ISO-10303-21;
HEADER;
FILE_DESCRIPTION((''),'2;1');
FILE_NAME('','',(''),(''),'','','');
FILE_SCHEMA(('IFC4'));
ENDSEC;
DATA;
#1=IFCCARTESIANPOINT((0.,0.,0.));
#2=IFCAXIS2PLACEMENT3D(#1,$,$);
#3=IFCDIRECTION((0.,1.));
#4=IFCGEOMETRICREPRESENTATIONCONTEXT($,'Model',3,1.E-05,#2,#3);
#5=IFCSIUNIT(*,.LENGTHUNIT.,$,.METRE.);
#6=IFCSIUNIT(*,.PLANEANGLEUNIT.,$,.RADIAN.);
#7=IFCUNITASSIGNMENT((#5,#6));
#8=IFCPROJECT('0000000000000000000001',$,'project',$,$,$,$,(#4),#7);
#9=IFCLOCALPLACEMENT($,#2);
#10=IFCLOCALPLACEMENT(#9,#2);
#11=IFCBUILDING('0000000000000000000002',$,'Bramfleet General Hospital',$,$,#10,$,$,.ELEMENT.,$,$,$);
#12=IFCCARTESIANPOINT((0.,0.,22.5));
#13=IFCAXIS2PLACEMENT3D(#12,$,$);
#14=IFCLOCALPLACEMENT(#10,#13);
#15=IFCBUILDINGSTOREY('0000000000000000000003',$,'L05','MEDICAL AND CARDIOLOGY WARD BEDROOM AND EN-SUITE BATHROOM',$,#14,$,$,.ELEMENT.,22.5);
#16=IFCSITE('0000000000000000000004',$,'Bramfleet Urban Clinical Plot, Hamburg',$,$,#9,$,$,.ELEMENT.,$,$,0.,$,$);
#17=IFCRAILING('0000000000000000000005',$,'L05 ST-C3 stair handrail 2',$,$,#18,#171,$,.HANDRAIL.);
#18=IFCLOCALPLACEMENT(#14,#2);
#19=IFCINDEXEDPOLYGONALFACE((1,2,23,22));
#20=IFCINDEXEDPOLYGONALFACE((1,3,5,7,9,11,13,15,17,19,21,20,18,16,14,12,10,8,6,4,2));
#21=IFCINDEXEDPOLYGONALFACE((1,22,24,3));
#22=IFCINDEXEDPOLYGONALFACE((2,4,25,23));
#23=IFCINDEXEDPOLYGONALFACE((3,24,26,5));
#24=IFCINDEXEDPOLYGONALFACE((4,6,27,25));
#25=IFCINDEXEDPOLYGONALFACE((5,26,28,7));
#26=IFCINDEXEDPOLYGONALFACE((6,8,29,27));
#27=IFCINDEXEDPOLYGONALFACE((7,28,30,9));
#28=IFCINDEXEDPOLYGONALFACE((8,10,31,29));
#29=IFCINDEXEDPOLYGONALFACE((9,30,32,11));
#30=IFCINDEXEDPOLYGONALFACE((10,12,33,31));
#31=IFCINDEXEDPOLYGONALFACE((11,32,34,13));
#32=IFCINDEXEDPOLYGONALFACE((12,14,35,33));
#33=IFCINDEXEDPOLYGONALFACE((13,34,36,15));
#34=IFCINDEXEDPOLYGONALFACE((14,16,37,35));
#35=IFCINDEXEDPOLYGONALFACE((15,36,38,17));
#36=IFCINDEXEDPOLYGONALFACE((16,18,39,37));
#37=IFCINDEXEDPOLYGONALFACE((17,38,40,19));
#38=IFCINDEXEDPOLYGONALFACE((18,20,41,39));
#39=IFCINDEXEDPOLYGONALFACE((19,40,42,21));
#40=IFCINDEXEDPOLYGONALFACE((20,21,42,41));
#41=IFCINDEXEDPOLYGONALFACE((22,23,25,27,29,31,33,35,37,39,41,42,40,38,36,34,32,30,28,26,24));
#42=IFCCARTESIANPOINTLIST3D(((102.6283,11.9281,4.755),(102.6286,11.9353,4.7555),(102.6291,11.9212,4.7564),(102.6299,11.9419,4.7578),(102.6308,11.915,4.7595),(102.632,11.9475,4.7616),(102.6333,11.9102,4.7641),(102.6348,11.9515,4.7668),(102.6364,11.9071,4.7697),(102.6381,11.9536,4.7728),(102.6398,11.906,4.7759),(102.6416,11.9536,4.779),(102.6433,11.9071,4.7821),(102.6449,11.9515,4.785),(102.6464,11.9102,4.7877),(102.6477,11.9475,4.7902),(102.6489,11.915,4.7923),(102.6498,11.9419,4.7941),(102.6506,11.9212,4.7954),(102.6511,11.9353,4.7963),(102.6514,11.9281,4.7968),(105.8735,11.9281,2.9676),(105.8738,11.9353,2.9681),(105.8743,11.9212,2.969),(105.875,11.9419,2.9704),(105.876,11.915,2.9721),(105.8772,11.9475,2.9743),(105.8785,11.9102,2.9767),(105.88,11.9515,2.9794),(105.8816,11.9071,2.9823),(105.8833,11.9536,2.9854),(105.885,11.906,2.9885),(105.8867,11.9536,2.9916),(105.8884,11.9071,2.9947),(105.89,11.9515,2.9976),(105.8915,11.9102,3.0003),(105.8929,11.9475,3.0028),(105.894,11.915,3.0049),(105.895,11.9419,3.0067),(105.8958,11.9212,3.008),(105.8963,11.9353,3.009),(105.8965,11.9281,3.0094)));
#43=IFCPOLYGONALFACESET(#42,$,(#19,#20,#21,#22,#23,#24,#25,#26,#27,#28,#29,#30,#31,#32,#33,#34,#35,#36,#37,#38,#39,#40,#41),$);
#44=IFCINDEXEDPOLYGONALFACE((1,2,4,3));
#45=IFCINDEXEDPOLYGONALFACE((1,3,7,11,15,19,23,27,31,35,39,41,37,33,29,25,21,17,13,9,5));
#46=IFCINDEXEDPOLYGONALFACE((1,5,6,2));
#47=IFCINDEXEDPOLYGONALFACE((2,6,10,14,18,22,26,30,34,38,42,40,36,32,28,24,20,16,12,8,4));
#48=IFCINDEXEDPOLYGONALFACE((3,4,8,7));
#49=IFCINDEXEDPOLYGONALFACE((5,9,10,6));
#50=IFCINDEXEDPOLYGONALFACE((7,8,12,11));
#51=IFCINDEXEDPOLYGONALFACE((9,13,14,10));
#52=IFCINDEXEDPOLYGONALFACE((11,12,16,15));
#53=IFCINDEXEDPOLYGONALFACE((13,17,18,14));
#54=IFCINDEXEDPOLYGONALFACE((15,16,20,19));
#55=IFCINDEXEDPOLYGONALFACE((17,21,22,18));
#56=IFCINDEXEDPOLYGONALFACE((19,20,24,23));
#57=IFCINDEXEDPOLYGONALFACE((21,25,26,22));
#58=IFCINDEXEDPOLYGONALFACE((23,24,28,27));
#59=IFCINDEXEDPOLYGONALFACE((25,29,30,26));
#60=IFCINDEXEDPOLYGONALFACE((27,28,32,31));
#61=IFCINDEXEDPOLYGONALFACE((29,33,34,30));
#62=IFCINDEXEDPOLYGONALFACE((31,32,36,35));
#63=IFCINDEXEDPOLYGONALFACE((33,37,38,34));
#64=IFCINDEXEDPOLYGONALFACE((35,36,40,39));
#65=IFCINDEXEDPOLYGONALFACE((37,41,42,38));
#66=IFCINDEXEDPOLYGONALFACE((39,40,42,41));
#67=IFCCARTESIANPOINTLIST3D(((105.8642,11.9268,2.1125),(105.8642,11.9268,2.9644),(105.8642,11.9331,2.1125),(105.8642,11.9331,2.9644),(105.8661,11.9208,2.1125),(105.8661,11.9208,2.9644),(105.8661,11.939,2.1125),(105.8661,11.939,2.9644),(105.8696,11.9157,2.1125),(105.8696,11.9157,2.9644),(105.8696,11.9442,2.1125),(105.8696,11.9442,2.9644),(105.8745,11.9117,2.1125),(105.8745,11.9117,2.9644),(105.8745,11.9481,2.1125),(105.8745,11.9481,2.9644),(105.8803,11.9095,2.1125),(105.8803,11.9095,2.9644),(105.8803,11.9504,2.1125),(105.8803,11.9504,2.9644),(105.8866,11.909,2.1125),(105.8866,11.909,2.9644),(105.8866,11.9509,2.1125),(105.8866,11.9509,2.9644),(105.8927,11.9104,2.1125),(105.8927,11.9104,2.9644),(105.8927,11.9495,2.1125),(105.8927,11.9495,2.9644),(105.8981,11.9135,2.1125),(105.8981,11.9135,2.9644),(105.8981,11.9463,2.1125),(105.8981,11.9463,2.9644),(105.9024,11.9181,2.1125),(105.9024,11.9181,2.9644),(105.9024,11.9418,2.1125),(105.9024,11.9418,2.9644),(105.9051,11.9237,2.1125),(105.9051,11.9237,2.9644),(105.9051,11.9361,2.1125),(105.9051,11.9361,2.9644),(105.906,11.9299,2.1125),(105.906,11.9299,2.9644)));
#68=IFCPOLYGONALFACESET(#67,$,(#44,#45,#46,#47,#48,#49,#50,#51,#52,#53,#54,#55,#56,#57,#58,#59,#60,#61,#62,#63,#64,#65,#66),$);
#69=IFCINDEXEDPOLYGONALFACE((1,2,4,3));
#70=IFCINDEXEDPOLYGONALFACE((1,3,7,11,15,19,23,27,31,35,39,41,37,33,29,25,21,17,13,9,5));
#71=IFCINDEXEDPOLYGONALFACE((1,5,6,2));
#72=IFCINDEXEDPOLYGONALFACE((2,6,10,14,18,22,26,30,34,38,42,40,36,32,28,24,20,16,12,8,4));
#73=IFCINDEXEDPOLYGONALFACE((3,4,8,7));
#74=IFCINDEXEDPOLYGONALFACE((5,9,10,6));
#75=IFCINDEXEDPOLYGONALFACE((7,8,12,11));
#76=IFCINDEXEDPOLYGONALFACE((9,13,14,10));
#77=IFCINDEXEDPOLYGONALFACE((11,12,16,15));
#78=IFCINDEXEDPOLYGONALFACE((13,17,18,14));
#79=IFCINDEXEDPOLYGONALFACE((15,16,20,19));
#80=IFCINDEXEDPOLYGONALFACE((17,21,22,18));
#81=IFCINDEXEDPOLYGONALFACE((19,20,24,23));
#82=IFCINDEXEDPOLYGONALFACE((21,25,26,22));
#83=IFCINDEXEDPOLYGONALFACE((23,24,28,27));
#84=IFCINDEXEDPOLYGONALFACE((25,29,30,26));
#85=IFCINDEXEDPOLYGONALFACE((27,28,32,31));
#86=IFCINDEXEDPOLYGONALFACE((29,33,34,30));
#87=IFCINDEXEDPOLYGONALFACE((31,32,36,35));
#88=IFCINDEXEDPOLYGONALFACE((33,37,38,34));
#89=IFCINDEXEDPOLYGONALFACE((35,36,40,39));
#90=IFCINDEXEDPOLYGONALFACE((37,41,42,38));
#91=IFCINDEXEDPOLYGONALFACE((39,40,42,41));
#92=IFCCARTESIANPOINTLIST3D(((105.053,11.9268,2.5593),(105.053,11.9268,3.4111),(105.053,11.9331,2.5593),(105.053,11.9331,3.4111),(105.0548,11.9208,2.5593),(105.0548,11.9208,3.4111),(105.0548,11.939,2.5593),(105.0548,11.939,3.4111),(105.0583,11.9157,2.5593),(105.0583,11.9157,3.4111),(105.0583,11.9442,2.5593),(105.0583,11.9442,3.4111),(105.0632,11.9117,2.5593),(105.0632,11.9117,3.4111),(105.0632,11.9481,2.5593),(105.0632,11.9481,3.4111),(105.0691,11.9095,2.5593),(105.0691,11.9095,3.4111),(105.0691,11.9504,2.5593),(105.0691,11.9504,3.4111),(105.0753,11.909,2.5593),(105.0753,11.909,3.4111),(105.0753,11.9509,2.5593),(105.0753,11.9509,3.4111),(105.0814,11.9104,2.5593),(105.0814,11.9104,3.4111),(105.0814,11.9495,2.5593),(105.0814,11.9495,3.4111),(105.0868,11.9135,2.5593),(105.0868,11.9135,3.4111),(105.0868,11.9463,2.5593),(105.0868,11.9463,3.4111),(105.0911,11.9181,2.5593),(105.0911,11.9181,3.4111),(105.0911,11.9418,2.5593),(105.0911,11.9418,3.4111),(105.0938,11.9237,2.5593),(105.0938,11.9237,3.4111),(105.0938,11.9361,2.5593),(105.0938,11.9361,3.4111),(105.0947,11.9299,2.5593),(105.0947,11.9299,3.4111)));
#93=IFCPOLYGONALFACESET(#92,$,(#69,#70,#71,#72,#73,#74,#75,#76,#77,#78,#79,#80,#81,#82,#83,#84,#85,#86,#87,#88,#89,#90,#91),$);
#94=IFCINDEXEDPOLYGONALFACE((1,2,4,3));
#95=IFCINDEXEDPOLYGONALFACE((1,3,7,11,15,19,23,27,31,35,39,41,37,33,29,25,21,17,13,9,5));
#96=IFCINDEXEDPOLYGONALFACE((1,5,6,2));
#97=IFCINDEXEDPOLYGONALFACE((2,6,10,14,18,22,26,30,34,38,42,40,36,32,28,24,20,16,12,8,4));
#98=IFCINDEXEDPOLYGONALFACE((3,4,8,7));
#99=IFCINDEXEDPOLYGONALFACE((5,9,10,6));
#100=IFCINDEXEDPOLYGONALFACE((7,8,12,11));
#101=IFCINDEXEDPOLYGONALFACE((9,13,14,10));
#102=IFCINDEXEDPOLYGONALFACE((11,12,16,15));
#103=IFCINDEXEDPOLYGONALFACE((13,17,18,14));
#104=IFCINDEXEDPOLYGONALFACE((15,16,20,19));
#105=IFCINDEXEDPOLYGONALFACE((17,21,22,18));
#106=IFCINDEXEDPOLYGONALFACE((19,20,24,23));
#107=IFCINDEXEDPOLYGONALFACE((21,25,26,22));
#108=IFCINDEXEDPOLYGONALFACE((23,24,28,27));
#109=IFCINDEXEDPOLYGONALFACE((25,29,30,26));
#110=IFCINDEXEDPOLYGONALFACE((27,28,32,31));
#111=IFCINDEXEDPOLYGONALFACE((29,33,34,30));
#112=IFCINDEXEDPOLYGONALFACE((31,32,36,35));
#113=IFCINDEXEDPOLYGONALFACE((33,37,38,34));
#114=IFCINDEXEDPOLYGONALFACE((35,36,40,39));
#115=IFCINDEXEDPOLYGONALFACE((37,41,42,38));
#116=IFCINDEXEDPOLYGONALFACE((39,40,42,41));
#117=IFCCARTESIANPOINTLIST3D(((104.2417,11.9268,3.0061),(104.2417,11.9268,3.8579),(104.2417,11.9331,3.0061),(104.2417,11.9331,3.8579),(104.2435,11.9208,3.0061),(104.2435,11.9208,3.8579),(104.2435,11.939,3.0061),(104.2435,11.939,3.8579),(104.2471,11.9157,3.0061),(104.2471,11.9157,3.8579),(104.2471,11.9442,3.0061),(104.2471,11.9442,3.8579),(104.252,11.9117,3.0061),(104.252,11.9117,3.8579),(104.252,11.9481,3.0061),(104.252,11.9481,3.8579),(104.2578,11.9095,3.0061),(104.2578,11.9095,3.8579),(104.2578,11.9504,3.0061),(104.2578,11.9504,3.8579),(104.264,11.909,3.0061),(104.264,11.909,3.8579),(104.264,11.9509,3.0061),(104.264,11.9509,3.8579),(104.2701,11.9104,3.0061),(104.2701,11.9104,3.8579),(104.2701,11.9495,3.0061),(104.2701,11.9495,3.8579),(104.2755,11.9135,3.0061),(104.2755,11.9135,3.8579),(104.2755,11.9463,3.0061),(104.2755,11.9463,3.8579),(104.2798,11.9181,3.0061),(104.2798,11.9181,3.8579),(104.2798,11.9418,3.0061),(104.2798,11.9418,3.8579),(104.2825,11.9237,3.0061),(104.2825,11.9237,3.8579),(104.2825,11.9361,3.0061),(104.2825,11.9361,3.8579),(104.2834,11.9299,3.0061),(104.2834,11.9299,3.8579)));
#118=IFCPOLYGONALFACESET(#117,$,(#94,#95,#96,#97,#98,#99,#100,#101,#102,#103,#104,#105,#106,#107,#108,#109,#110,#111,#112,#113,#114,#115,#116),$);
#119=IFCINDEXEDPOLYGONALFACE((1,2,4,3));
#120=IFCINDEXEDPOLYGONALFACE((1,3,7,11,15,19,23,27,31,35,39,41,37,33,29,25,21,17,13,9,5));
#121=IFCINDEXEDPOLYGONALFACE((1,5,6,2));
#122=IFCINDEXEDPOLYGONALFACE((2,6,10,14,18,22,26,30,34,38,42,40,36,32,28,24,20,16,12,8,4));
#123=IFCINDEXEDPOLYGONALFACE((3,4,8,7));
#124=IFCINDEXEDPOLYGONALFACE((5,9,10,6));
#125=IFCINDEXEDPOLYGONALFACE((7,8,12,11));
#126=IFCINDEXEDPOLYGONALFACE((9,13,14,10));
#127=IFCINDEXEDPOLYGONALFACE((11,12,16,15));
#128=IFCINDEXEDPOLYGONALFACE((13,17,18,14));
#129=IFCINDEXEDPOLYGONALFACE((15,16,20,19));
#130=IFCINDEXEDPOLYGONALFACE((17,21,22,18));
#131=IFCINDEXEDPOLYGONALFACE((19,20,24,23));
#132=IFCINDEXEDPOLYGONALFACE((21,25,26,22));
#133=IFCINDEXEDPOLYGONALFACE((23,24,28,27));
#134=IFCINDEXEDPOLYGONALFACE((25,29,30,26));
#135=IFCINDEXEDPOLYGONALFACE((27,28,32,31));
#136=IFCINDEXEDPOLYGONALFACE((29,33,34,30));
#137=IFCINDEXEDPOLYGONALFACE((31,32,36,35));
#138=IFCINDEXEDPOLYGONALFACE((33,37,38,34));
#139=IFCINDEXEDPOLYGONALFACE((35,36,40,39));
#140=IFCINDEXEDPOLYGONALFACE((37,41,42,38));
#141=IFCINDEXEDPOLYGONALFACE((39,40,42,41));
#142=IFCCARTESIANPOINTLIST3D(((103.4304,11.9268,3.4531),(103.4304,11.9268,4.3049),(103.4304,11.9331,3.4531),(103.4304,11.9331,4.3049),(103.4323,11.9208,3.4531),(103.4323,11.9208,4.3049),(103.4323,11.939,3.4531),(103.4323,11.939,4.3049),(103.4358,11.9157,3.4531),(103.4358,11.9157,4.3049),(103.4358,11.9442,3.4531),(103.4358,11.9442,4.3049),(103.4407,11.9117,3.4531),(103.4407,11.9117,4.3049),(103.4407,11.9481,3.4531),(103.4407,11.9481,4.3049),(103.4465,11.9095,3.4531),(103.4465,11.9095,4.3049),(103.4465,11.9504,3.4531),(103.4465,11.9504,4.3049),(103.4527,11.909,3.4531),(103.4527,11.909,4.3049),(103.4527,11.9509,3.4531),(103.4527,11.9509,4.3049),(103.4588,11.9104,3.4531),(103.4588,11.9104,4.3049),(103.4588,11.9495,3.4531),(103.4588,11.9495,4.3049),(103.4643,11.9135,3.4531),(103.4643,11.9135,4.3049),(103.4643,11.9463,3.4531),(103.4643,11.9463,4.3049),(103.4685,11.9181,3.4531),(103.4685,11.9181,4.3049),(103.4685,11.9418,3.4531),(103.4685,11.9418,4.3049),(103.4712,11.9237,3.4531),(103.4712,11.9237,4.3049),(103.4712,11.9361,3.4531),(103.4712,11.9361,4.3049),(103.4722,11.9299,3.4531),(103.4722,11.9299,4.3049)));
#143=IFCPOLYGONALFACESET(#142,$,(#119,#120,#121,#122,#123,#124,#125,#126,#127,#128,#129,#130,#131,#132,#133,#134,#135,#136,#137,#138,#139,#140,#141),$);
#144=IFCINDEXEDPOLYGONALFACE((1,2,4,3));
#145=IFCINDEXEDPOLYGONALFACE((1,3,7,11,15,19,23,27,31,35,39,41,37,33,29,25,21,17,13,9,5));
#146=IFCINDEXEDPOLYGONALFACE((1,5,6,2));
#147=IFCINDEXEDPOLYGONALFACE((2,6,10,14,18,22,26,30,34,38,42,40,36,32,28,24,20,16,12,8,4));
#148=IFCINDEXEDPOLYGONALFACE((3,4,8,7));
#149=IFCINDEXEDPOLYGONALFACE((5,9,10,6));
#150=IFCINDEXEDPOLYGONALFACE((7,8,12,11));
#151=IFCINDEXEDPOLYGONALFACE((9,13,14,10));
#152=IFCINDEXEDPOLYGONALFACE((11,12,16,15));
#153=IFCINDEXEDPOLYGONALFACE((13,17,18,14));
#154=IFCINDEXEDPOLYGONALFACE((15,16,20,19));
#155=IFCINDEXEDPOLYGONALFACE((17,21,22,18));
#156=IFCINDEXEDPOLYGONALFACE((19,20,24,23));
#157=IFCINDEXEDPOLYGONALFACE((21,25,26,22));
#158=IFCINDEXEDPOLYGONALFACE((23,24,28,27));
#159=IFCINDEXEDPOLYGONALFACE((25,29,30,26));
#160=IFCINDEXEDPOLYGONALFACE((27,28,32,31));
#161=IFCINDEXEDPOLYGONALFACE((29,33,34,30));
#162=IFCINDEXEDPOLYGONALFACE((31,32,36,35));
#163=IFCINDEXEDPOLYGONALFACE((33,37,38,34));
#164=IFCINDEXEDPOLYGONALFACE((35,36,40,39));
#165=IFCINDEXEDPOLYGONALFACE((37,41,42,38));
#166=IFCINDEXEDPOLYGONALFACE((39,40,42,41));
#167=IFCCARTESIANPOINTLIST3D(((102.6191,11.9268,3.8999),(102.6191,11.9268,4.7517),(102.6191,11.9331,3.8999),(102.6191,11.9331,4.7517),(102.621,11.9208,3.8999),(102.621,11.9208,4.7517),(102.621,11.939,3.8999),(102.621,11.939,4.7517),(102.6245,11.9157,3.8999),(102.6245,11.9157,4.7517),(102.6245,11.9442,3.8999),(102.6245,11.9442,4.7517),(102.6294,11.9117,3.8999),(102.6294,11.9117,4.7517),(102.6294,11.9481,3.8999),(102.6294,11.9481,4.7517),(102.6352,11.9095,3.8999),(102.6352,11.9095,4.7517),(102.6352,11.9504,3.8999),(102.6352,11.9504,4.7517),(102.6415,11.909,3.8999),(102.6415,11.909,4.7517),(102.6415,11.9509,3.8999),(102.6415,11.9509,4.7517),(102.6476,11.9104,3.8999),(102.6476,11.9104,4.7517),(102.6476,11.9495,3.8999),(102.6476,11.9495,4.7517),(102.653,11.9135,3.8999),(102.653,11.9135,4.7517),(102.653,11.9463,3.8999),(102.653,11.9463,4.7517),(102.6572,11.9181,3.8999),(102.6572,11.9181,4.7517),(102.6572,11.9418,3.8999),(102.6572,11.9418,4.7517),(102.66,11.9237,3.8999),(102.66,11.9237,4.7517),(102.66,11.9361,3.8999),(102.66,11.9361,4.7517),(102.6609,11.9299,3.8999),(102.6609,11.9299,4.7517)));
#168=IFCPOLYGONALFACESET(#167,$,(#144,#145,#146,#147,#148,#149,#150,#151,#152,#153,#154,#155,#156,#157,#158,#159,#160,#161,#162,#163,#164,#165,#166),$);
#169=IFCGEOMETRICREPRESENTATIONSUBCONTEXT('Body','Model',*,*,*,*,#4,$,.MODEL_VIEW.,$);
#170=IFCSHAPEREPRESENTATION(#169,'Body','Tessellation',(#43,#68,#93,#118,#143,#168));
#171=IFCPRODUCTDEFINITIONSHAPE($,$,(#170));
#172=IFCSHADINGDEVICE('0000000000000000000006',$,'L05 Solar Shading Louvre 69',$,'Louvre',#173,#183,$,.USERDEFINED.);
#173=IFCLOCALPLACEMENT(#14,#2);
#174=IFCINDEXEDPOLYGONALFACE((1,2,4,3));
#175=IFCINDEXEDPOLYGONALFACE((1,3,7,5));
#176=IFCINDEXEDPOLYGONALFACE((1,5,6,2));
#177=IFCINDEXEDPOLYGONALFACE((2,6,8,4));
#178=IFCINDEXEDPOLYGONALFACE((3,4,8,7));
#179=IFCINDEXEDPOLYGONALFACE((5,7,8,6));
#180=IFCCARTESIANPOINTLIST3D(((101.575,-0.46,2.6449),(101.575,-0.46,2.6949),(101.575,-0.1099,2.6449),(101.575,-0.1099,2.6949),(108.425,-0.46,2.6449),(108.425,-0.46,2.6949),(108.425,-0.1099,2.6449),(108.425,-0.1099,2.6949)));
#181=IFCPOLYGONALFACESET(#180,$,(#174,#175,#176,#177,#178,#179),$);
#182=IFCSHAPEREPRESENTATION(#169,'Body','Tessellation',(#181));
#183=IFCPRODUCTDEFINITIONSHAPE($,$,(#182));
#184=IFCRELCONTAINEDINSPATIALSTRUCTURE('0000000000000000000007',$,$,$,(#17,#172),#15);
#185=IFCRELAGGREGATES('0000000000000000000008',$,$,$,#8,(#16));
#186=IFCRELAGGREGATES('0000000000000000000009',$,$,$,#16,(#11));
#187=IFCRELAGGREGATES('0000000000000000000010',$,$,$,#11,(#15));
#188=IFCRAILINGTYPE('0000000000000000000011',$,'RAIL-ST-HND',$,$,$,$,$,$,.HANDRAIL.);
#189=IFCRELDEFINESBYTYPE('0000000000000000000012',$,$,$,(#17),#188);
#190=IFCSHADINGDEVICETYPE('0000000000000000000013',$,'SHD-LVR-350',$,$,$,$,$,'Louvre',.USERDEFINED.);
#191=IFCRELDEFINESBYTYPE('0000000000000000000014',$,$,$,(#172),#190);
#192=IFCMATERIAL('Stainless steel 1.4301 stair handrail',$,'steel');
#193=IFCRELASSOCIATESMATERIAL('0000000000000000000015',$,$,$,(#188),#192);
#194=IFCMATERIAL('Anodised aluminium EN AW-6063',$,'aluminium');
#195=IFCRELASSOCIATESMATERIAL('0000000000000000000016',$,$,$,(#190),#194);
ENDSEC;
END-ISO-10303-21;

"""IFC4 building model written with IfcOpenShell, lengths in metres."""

from ifc_helpers import new_model, si_unit, direction, frame, origin, origin_2d, place, context, subcontext, project, spatial, rectangle, circle, extrude, material, material_profile, profile_set, type_object, element, save


model = new_model("IFC4")

# Units and contexts
model_context = context("Model", 3, precision=1e-05, world=origin(), true_north=direction((0.0, 1.0)))
body_context = subcontext(model_context, "Body", "Model", "MODEL_VIEW")
ifc_project = project(units=[si_unit("LENGTHUNIT", "METRE"), si_unit("PLANEANGLEUNIT", "RADIAN")], contexts=[model_context])

# Site, building, storey
site_placement = place(None, origin())
site = spatial("IfcSite", under=ifc_project, at=site_placement, Name="Bramfleet Urban Clinical Plot, Hamburg", CompositionType="ELEMENT", RefElevation=0.0)
building_placement = place(site_placement, origin())
building = spatial("IfcBuilding", under=site, at=building_placement, Name="Bramfleet General Hospital", CompositionType="ELEMENT")
storey_placement = place(building_placement, frame((0.0, 0.0, 22.5)))
storey = spatial("IfcBuildingStorey", under=building, at=storey_placement, Name="L05", Description="MEDICAL AND CARDIOLOGY WARD BEDROOM AND EN-SUITE BATHROOM", CompositionType="ELEMENT", Elevation=22.5)

# Railing
ifc_material_1 = material(Name="Stainless steel 1.4301 stair handrail", Category="steel")
railing_type_1 = type_object("IfcRailingType", Name="RAIL-ST-HND", PredefinedType="HANDRAIL", material=ifc_material_1)
railing_1_placement = place(storey_placement, frame((105.885, 11.9299, 2.1125)))
element("IfcRailing", 1, at=railing_1_placement, inside=storey, type_object=railing_type_1, Name="L05 ST-C3 stair handrail 2", PredefinedType="HANDRAIL", context=body_context, shape_type="SweptSolid", body=[
    extrude(circle(Radius=0.0239, at=origin_2d()), frame((0.0, 0.0, 0.876), z_axis=(-0.875926, 0.0, 0.482445), x_axis=(0.0, -1.0, 0.0)), (0.0, 0.0, 1.0), 3.7048),
    extrude(circle(Radius=0.021, at=origin_2d()), origin(), (0.0, 0.0, 1.0), 0.8518),
    extrude(circle(Radius=0.021, at=origin_2d()), frame((-0.8113, 0.0, 0.4468)), (0.0, 0.0, 1.0), 0.8518),
    extrude(circle(Radius=0.021, at=origin_2d()), frame((-1.6226, 0.0, 0.8936)), (0.0, 0.0, 1.0), 0.8518),
    extrude(circle(Radius=0.021, at=origin_2d()), frame((-2.4338, 0.0, 1.3406)), (0.0, 0.0, 1.0), 0.8518),
    extrude(circle(Radius=0.021, at=origin_2d()), frame((-3.2451, 0.0, 1.7874)), (0.0, 0.0, 1.0), 0.8518),
])

# Shading device
ifc_material_2 = material(Name="Anodised aluminium EN AW-6063", Category="aluminium")
ifc_material_profile_1 = material_profile(ifc_material_2, rectangle(XDim=0.05, YDim=0.3501, at=origin_2d()), Name="ALU LOUVRE 350x50")
ifc_profile_set_1 = profile_set([ifc_material_profile_1], Name="Anodised aluminium EN AW-6063")
shading_device_type = type_object("IfcShadingDeviceType", Name="SHD-LVR-350", ElementType="Louvre", PredefinedType="USERDEFINED", material=ifc_profile_set_1)
shading_device_placement = place(storey_placement, frame((108.425, -0.2849, 2.6699), z_axis=(-1.0, 0.0, 0.0), x_axis=(0.0, 0.0, 1.0)))
element("IfcShadingDevice", 2, at=shading_device_placement, inside=storey, type_object=shading_device_type, Name="L05 Solar Shading Louvre 69", ObjectType="Louvre", PredefinedType="USERDEFINED", context=body_context, shape_type="SweptSolid", body=[
    extrude(rectangle(XDim=0.05, YDim=0.3501, at=origin_2d()), origin(), (0.0, 0.0, 1.0), 6.8501),
])

save(model, "model.ifc")
